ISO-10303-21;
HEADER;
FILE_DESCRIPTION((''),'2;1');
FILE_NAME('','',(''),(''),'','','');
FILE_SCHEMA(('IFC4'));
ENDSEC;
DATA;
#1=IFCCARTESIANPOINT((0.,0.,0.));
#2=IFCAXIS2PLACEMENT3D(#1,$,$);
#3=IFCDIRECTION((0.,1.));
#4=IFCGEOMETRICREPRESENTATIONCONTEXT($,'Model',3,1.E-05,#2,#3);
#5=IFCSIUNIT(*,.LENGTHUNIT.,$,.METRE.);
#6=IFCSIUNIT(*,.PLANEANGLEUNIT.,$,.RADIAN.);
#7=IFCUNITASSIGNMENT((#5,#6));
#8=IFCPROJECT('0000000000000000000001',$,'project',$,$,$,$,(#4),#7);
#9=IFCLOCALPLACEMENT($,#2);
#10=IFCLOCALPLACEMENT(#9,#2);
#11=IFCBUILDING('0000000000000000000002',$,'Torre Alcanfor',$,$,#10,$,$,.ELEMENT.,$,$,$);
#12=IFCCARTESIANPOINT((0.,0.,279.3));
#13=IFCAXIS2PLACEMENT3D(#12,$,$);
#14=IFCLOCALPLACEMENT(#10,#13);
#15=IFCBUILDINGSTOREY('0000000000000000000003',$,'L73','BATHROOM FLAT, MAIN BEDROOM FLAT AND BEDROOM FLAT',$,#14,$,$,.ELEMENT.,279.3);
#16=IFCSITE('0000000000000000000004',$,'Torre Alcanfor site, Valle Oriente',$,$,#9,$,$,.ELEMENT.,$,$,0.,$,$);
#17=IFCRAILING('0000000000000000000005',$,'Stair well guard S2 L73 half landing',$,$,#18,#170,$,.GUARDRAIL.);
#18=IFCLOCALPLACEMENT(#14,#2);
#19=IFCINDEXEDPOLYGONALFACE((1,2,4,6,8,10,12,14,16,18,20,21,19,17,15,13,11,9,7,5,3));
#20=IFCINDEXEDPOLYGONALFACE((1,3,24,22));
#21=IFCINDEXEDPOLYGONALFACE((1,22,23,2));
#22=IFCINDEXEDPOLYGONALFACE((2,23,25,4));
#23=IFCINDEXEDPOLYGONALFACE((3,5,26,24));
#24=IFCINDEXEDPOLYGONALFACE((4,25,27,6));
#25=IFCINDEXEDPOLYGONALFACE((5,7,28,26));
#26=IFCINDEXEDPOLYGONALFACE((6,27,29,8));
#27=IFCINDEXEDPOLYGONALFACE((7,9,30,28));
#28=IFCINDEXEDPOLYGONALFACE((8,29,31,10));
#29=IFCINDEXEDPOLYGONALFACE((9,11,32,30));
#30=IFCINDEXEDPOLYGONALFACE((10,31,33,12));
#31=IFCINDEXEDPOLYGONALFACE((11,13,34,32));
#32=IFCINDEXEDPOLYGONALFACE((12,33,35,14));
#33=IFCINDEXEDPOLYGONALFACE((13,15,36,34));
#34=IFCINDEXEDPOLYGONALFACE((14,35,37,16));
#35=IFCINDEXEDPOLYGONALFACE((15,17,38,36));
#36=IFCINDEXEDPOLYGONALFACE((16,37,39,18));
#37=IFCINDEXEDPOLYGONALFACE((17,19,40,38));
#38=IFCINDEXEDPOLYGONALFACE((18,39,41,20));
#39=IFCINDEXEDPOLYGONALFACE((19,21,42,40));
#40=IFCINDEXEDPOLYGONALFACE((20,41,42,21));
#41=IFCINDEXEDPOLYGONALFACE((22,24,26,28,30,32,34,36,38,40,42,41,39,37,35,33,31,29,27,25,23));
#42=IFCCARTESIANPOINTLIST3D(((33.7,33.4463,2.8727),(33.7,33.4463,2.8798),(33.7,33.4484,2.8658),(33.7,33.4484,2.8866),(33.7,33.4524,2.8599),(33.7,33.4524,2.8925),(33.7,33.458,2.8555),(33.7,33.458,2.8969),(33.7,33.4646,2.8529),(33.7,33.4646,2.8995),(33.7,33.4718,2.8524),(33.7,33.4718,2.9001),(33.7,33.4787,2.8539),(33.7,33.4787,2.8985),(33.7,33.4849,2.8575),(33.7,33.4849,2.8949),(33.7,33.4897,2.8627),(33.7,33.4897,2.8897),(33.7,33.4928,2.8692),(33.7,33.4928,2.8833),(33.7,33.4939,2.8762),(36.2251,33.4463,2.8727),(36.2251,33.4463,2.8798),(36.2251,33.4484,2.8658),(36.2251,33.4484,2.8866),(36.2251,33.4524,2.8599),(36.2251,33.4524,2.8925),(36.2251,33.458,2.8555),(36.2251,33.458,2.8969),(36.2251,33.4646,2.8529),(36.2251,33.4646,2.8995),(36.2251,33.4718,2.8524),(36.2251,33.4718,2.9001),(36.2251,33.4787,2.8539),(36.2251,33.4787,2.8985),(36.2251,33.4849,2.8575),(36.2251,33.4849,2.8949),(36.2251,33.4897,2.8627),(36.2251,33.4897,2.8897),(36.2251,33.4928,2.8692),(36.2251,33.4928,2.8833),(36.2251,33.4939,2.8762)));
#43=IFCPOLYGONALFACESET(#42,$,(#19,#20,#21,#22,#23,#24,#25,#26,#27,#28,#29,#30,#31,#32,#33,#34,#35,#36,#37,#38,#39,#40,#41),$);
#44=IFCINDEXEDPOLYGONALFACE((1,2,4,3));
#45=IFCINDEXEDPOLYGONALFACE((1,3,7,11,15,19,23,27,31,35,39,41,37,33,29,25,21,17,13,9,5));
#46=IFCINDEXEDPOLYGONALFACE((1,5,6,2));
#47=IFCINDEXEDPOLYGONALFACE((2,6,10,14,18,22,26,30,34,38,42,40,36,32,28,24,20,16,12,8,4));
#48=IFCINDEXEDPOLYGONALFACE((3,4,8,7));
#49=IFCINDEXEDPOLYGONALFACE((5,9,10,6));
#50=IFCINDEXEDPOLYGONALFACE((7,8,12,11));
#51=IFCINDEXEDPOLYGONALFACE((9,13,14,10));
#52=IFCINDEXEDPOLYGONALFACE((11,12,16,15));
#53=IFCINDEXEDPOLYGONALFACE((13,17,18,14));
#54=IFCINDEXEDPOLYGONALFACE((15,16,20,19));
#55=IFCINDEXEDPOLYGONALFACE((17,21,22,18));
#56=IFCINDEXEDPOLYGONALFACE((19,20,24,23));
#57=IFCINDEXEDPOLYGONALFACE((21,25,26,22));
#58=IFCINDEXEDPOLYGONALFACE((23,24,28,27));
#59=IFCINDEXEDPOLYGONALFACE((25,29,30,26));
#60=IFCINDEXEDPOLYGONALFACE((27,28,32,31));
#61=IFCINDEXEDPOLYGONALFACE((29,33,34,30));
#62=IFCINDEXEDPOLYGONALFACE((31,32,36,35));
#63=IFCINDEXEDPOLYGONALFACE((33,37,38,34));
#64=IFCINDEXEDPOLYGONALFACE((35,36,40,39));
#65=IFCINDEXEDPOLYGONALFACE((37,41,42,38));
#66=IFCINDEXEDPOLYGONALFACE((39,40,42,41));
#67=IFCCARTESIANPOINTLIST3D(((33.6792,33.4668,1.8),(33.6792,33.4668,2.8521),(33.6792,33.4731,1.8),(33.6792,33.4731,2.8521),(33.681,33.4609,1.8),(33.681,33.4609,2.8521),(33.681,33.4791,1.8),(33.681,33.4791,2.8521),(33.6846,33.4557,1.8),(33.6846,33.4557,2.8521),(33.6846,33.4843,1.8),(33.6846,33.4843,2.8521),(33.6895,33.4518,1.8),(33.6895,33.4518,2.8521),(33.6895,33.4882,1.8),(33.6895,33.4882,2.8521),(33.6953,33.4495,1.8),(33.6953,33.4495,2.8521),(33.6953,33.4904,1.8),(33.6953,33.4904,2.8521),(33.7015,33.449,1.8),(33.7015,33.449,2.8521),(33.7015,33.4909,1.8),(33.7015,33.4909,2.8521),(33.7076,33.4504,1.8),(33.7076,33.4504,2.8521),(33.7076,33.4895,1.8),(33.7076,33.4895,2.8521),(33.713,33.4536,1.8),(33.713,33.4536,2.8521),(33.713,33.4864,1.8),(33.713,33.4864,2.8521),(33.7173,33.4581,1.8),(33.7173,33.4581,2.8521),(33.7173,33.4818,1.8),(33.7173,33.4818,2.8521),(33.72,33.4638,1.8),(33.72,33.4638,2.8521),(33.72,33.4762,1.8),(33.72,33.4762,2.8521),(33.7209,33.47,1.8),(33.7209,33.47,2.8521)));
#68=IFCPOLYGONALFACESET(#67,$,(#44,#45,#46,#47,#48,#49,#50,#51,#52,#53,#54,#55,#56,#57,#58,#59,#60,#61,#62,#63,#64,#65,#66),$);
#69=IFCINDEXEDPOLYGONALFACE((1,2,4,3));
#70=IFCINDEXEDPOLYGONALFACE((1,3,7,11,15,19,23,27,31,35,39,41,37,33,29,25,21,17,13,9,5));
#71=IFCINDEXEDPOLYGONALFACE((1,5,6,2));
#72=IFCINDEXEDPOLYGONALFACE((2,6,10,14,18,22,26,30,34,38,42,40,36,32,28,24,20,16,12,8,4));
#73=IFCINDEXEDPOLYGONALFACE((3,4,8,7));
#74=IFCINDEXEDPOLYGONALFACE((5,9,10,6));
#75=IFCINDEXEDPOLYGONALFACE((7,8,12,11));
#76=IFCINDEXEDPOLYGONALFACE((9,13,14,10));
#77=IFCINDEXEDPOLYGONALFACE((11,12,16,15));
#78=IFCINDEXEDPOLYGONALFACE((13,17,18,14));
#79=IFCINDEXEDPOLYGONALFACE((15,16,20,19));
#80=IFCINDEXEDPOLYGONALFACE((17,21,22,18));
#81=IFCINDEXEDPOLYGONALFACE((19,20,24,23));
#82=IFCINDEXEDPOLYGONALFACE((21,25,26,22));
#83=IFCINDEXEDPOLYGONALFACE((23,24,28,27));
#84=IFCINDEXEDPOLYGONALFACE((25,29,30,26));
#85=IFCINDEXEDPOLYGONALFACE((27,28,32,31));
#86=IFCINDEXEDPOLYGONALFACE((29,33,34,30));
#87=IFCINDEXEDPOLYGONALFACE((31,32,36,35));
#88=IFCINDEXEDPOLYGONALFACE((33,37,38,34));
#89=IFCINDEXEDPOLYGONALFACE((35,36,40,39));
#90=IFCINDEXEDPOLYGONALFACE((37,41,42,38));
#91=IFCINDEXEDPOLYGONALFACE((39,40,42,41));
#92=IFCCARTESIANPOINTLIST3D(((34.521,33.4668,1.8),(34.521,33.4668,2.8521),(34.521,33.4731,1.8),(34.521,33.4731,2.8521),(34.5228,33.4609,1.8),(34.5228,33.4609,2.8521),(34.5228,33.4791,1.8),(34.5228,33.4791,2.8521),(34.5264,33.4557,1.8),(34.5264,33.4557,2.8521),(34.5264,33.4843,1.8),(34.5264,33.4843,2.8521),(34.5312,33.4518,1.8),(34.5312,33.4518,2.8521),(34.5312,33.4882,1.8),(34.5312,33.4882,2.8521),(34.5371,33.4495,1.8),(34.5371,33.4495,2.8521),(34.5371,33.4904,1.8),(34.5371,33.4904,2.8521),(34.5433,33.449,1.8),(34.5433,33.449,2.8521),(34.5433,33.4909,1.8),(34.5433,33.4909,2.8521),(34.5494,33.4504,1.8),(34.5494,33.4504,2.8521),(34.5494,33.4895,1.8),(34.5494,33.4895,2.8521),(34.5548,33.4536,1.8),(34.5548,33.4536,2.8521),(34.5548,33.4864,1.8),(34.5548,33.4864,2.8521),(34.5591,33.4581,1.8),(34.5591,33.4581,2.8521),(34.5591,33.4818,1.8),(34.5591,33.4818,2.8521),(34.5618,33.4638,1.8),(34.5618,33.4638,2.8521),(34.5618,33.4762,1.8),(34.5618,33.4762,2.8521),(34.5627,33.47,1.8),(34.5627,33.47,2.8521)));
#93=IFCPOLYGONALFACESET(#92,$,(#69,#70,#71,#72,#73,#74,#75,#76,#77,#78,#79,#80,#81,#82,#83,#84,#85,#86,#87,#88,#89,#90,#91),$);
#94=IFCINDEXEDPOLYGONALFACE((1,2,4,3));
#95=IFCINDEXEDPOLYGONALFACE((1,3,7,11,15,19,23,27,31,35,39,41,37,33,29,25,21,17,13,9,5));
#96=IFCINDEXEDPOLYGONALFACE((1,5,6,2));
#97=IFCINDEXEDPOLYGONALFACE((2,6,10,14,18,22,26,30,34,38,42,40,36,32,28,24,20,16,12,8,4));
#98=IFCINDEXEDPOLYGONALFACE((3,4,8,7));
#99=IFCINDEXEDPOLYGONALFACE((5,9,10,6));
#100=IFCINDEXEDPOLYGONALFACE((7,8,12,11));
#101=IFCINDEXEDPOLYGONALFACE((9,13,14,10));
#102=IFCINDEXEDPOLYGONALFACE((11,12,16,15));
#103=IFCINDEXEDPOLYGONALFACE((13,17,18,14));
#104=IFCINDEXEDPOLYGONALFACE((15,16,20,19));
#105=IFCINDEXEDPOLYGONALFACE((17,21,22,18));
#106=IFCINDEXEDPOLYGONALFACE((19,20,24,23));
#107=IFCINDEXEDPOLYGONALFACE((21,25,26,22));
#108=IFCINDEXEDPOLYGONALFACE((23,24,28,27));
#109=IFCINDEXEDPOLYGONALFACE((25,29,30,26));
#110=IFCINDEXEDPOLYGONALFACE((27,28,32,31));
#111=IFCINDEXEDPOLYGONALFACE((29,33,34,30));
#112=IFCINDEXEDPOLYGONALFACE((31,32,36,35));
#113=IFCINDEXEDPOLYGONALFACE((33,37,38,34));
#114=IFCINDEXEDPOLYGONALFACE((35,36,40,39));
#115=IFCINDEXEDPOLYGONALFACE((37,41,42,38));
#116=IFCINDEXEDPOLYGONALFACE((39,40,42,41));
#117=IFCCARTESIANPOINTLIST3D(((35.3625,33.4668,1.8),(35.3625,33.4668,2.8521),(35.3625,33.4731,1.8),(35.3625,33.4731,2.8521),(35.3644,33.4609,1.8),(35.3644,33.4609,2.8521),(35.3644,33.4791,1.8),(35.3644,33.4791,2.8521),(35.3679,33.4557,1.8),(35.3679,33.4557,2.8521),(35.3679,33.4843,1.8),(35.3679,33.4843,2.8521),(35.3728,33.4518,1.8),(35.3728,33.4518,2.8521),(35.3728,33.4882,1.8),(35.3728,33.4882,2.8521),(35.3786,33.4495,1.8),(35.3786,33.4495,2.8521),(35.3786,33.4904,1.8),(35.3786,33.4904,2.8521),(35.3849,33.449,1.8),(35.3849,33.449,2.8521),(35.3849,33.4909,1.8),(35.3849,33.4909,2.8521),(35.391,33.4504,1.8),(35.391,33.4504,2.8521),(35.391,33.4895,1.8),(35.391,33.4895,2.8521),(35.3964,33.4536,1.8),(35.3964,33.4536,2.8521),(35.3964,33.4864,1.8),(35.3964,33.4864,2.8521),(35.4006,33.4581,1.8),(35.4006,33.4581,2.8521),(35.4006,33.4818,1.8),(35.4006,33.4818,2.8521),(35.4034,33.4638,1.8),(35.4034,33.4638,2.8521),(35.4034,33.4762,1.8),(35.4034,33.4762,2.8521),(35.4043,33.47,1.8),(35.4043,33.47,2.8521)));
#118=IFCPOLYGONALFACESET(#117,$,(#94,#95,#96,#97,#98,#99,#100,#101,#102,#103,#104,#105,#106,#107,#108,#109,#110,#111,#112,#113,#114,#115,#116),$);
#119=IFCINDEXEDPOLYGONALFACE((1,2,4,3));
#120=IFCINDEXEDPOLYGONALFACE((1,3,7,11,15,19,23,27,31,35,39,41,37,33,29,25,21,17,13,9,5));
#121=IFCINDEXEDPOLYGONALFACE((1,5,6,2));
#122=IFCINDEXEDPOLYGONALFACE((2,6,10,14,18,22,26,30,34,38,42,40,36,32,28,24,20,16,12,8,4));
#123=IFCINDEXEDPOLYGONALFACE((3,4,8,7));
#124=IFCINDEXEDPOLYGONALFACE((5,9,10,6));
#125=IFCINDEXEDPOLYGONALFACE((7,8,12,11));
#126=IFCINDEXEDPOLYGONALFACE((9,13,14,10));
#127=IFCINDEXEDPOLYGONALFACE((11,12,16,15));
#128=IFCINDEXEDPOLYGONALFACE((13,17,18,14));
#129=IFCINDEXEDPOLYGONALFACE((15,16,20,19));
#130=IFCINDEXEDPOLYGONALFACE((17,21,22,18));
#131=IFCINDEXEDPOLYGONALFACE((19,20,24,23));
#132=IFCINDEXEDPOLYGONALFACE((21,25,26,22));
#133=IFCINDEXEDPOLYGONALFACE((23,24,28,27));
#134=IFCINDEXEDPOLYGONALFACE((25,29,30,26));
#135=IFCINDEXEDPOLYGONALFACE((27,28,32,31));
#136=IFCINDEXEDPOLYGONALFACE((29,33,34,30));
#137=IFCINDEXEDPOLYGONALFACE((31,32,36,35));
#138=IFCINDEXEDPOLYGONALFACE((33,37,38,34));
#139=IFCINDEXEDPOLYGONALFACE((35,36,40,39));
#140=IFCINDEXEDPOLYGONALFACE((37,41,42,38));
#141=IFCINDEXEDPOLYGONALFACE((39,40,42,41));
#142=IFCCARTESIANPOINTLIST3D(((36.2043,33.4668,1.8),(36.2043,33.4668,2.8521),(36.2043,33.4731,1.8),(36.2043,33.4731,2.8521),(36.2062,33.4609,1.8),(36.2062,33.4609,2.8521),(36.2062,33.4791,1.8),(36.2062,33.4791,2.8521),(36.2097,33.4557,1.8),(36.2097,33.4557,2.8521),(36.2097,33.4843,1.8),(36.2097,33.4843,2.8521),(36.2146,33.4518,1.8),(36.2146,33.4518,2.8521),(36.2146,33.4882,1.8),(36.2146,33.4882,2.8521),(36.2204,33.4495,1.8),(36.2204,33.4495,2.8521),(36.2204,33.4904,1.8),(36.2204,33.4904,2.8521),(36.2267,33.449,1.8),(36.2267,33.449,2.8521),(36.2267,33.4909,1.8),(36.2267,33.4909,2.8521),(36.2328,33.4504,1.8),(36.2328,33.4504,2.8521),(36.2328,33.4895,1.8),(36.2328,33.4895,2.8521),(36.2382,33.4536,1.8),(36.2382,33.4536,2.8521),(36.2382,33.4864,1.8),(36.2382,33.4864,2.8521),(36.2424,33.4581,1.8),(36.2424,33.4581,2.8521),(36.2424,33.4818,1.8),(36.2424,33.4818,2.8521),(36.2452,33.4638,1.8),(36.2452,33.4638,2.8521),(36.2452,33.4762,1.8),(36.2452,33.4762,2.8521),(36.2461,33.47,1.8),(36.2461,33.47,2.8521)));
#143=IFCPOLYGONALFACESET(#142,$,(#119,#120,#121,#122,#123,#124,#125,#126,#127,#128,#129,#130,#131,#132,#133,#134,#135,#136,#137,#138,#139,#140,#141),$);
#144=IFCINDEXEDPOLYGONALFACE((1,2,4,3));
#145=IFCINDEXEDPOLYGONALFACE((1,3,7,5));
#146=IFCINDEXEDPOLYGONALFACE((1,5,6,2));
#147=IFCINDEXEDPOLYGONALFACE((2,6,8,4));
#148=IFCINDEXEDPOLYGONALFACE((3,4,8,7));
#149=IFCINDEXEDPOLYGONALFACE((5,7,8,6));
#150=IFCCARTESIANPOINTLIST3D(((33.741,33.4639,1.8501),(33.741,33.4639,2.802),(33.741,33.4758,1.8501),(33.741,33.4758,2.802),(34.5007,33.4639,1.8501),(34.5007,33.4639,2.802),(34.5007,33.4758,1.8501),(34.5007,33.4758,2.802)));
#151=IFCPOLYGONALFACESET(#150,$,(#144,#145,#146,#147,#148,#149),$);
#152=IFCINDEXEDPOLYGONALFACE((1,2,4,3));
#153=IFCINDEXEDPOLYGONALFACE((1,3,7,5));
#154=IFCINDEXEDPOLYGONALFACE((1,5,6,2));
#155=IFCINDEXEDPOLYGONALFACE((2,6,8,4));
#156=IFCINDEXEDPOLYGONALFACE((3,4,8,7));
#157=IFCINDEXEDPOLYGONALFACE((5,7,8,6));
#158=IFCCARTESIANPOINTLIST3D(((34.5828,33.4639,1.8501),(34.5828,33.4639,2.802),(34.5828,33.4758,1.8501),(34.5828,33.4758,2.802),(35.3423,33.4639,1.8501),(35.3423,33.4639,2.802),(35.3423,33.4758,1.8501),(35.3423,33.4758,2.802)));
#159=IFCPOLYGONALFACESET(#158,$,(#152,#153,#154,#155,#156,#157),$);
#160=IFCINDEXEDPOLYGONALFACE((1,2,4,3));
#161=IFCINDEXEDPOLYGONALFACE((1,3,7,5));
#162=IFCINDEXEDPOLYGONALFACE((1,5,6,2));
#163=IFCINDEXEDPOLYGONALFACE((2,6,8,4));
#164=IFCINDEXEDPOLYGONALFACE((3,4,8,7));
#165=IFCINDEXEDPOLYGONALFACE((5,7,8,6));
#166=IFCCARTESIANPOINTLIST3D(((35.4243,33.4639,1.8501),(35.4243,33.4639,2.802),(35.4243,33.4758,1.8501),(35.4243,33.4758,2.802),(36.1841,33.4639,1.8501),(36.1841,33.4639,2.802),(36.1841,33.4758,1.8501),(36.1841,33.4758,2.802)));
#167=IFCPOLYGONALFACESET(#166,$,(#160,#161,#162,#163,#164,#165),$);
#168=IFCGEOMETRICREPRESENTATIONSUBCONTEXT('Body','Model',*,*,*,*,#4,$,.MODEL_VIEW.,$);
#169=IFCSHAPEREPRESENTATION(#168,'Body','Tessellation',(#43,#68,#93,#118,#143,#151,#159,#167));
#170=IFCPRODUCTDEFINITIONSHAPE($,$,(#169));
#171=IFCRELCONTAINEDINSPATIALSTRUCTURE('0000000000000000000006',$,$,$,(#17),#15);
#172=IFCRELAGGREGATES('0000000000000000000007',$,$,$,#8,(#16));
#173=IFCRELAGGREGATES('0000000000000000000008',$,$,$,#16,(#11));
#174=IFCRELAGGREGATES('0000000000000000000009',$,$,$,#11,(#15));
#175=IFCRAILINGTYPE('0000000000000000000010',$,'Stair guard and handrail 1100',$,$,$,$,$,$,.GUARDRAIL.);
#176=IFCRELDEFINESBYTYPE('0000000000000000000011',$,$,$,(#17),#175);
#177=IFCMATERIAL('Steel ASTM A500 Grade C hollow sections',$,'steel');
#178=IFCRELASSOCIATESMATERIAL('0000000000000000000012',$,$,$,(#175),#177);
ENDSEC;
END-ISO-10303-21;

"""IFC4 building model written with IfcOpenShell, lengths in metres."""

from ifc_helpers import new_model, si_unit, direction, frame, origin, origin_2d, place, context, subcontext, project, spatial, polyline, circle, outline, extrude, material, type_object, element, save


model = new_model("IFC4")

# Units and contexts
model_context = context("Model", 3, precision=1e-05, world=origin(), true_north=direction((0.0, 1.0)))
body_context = subcontext(model_context, "Body", "Model", "MODEL_VIEW")
ifc_project = project(units=[si_unit("LENGTHUNIT", "METRE"), si_unit("PLANEANGLEUNIT", "RADIAN")], contexts=[model_context])

# Site, building, storey
site_placement = place(None, origin())
site = spatial("IfcSite", under=ifc_project, at=site_placement, Name="Torre Alcanfor site, Valle Oriente", CompositionType="ELEMENT", RefElevation=0.0)
building_placement = place(site_placement, origin())
building = spatial("IfcBuilding", under=site, at=building_placement, Name="Torre Alcanfor", CompositionType="ELEMENT")
storey_placement = place(building_placement, frame((0.0, 0.0, 279.3)))
storey = spatial("IfcBuildingStorey", under=building, at=storey_placement, Name="L73", Description="BATHROOM FLAT, MAIN BEDROOM FLAT AND BEDROOM FLAT", CompositionType="ELEMENT", Elevation=279.3)

# Railing
ifc_material_1 = material(Name="Steel ASTM A500 Grade C hollow sections", Category="steel")
railing_type_1 = type_object("IfcRailingType", Name="Stair guard and handrail 1100", PredefinedType="GUARDRAIL", material=ifc_material_1)
for number, where, name in (
    (1, (33.7, 33.47, 1.8), "Stair well guard S2 L73 half landing"),
):
    element("IfcRailing", number, at=place(storey_placement, frame(where)), inside=storey, type_object=railing_type_1, Name=name, PredefinedType="GUARDRAIL", context=body_context, shape_type="SweptSolid", body=[
        extrude(circle(Radius=0.0239, at=origin_2d()), frame((0.0, 0.0, 1.0762), z_axis=(1.0, 0.0, 0.0), x_axis=(0.0, 1.0, 0.0)), (0.0, 0.0, 1.0), 2.5251),
        extrude(circle(Radius=0.021, at=origin_2d()), origin(), (0.0, 0.0, 1.0), 1.052),
        extrude(circle(Radius=0.021, at=origin_2d()), frame((0.8418, 0.0, 0.0)), (0.0, 0.0, 1.0), 1.052),
        extrude(circle(Radius=0.021, at=origin_2d()), frame((1.6833, 0.0, 0.0)), (0.0, 0.0, 1.0), 1.052),
        extrude(circle(Radius=0.021, at=origin_2d()), frame((2.5251, 0.0, 0.0)), (0.0, 0.0, 1.0), 1.052),
        extrude(outline(polyline([(0.041, 0.05), (0.8008, 0.05), (0.8008, 1.002), (0.041, 1.002), (0.041, 0.05)])), frame((0.0, 0.0059, 0.0), z_axis=(0.0, -1.0, 0.0), x_axis=(1.0, 0.0, 0.0)), (0.0, 0.0, 1.0), 0.012),
        extrude(outline(polyline([(0.8828, 0.05), (1.6423, 0.05), (1.6423, 1.002), (0.8828, 1.002), (0.8828, 0.05)])), frame((0.0, 0.0059, 0.0), z_axis=(0.0, -1.0, 0.0), x_axis=(1.0, 0.0, 0.0)), (0.0, 0.0, 1.0), 0.012),
        extrude(outline(polyline([(1.7244, 0.05), (2.4841, 0.05), (2.4841, 1.002), (1.7244, 1.002), (1.7244, 0.05)])), frame((0.0, 0.0059, 0.0), z_axis=(0.0, -1.0, 0.0), x_axis=(1.0, 0.0, 0.0)), (0.0, 0.0, 1.0), 0.012),
    ])

save(model, "model.ifc")
